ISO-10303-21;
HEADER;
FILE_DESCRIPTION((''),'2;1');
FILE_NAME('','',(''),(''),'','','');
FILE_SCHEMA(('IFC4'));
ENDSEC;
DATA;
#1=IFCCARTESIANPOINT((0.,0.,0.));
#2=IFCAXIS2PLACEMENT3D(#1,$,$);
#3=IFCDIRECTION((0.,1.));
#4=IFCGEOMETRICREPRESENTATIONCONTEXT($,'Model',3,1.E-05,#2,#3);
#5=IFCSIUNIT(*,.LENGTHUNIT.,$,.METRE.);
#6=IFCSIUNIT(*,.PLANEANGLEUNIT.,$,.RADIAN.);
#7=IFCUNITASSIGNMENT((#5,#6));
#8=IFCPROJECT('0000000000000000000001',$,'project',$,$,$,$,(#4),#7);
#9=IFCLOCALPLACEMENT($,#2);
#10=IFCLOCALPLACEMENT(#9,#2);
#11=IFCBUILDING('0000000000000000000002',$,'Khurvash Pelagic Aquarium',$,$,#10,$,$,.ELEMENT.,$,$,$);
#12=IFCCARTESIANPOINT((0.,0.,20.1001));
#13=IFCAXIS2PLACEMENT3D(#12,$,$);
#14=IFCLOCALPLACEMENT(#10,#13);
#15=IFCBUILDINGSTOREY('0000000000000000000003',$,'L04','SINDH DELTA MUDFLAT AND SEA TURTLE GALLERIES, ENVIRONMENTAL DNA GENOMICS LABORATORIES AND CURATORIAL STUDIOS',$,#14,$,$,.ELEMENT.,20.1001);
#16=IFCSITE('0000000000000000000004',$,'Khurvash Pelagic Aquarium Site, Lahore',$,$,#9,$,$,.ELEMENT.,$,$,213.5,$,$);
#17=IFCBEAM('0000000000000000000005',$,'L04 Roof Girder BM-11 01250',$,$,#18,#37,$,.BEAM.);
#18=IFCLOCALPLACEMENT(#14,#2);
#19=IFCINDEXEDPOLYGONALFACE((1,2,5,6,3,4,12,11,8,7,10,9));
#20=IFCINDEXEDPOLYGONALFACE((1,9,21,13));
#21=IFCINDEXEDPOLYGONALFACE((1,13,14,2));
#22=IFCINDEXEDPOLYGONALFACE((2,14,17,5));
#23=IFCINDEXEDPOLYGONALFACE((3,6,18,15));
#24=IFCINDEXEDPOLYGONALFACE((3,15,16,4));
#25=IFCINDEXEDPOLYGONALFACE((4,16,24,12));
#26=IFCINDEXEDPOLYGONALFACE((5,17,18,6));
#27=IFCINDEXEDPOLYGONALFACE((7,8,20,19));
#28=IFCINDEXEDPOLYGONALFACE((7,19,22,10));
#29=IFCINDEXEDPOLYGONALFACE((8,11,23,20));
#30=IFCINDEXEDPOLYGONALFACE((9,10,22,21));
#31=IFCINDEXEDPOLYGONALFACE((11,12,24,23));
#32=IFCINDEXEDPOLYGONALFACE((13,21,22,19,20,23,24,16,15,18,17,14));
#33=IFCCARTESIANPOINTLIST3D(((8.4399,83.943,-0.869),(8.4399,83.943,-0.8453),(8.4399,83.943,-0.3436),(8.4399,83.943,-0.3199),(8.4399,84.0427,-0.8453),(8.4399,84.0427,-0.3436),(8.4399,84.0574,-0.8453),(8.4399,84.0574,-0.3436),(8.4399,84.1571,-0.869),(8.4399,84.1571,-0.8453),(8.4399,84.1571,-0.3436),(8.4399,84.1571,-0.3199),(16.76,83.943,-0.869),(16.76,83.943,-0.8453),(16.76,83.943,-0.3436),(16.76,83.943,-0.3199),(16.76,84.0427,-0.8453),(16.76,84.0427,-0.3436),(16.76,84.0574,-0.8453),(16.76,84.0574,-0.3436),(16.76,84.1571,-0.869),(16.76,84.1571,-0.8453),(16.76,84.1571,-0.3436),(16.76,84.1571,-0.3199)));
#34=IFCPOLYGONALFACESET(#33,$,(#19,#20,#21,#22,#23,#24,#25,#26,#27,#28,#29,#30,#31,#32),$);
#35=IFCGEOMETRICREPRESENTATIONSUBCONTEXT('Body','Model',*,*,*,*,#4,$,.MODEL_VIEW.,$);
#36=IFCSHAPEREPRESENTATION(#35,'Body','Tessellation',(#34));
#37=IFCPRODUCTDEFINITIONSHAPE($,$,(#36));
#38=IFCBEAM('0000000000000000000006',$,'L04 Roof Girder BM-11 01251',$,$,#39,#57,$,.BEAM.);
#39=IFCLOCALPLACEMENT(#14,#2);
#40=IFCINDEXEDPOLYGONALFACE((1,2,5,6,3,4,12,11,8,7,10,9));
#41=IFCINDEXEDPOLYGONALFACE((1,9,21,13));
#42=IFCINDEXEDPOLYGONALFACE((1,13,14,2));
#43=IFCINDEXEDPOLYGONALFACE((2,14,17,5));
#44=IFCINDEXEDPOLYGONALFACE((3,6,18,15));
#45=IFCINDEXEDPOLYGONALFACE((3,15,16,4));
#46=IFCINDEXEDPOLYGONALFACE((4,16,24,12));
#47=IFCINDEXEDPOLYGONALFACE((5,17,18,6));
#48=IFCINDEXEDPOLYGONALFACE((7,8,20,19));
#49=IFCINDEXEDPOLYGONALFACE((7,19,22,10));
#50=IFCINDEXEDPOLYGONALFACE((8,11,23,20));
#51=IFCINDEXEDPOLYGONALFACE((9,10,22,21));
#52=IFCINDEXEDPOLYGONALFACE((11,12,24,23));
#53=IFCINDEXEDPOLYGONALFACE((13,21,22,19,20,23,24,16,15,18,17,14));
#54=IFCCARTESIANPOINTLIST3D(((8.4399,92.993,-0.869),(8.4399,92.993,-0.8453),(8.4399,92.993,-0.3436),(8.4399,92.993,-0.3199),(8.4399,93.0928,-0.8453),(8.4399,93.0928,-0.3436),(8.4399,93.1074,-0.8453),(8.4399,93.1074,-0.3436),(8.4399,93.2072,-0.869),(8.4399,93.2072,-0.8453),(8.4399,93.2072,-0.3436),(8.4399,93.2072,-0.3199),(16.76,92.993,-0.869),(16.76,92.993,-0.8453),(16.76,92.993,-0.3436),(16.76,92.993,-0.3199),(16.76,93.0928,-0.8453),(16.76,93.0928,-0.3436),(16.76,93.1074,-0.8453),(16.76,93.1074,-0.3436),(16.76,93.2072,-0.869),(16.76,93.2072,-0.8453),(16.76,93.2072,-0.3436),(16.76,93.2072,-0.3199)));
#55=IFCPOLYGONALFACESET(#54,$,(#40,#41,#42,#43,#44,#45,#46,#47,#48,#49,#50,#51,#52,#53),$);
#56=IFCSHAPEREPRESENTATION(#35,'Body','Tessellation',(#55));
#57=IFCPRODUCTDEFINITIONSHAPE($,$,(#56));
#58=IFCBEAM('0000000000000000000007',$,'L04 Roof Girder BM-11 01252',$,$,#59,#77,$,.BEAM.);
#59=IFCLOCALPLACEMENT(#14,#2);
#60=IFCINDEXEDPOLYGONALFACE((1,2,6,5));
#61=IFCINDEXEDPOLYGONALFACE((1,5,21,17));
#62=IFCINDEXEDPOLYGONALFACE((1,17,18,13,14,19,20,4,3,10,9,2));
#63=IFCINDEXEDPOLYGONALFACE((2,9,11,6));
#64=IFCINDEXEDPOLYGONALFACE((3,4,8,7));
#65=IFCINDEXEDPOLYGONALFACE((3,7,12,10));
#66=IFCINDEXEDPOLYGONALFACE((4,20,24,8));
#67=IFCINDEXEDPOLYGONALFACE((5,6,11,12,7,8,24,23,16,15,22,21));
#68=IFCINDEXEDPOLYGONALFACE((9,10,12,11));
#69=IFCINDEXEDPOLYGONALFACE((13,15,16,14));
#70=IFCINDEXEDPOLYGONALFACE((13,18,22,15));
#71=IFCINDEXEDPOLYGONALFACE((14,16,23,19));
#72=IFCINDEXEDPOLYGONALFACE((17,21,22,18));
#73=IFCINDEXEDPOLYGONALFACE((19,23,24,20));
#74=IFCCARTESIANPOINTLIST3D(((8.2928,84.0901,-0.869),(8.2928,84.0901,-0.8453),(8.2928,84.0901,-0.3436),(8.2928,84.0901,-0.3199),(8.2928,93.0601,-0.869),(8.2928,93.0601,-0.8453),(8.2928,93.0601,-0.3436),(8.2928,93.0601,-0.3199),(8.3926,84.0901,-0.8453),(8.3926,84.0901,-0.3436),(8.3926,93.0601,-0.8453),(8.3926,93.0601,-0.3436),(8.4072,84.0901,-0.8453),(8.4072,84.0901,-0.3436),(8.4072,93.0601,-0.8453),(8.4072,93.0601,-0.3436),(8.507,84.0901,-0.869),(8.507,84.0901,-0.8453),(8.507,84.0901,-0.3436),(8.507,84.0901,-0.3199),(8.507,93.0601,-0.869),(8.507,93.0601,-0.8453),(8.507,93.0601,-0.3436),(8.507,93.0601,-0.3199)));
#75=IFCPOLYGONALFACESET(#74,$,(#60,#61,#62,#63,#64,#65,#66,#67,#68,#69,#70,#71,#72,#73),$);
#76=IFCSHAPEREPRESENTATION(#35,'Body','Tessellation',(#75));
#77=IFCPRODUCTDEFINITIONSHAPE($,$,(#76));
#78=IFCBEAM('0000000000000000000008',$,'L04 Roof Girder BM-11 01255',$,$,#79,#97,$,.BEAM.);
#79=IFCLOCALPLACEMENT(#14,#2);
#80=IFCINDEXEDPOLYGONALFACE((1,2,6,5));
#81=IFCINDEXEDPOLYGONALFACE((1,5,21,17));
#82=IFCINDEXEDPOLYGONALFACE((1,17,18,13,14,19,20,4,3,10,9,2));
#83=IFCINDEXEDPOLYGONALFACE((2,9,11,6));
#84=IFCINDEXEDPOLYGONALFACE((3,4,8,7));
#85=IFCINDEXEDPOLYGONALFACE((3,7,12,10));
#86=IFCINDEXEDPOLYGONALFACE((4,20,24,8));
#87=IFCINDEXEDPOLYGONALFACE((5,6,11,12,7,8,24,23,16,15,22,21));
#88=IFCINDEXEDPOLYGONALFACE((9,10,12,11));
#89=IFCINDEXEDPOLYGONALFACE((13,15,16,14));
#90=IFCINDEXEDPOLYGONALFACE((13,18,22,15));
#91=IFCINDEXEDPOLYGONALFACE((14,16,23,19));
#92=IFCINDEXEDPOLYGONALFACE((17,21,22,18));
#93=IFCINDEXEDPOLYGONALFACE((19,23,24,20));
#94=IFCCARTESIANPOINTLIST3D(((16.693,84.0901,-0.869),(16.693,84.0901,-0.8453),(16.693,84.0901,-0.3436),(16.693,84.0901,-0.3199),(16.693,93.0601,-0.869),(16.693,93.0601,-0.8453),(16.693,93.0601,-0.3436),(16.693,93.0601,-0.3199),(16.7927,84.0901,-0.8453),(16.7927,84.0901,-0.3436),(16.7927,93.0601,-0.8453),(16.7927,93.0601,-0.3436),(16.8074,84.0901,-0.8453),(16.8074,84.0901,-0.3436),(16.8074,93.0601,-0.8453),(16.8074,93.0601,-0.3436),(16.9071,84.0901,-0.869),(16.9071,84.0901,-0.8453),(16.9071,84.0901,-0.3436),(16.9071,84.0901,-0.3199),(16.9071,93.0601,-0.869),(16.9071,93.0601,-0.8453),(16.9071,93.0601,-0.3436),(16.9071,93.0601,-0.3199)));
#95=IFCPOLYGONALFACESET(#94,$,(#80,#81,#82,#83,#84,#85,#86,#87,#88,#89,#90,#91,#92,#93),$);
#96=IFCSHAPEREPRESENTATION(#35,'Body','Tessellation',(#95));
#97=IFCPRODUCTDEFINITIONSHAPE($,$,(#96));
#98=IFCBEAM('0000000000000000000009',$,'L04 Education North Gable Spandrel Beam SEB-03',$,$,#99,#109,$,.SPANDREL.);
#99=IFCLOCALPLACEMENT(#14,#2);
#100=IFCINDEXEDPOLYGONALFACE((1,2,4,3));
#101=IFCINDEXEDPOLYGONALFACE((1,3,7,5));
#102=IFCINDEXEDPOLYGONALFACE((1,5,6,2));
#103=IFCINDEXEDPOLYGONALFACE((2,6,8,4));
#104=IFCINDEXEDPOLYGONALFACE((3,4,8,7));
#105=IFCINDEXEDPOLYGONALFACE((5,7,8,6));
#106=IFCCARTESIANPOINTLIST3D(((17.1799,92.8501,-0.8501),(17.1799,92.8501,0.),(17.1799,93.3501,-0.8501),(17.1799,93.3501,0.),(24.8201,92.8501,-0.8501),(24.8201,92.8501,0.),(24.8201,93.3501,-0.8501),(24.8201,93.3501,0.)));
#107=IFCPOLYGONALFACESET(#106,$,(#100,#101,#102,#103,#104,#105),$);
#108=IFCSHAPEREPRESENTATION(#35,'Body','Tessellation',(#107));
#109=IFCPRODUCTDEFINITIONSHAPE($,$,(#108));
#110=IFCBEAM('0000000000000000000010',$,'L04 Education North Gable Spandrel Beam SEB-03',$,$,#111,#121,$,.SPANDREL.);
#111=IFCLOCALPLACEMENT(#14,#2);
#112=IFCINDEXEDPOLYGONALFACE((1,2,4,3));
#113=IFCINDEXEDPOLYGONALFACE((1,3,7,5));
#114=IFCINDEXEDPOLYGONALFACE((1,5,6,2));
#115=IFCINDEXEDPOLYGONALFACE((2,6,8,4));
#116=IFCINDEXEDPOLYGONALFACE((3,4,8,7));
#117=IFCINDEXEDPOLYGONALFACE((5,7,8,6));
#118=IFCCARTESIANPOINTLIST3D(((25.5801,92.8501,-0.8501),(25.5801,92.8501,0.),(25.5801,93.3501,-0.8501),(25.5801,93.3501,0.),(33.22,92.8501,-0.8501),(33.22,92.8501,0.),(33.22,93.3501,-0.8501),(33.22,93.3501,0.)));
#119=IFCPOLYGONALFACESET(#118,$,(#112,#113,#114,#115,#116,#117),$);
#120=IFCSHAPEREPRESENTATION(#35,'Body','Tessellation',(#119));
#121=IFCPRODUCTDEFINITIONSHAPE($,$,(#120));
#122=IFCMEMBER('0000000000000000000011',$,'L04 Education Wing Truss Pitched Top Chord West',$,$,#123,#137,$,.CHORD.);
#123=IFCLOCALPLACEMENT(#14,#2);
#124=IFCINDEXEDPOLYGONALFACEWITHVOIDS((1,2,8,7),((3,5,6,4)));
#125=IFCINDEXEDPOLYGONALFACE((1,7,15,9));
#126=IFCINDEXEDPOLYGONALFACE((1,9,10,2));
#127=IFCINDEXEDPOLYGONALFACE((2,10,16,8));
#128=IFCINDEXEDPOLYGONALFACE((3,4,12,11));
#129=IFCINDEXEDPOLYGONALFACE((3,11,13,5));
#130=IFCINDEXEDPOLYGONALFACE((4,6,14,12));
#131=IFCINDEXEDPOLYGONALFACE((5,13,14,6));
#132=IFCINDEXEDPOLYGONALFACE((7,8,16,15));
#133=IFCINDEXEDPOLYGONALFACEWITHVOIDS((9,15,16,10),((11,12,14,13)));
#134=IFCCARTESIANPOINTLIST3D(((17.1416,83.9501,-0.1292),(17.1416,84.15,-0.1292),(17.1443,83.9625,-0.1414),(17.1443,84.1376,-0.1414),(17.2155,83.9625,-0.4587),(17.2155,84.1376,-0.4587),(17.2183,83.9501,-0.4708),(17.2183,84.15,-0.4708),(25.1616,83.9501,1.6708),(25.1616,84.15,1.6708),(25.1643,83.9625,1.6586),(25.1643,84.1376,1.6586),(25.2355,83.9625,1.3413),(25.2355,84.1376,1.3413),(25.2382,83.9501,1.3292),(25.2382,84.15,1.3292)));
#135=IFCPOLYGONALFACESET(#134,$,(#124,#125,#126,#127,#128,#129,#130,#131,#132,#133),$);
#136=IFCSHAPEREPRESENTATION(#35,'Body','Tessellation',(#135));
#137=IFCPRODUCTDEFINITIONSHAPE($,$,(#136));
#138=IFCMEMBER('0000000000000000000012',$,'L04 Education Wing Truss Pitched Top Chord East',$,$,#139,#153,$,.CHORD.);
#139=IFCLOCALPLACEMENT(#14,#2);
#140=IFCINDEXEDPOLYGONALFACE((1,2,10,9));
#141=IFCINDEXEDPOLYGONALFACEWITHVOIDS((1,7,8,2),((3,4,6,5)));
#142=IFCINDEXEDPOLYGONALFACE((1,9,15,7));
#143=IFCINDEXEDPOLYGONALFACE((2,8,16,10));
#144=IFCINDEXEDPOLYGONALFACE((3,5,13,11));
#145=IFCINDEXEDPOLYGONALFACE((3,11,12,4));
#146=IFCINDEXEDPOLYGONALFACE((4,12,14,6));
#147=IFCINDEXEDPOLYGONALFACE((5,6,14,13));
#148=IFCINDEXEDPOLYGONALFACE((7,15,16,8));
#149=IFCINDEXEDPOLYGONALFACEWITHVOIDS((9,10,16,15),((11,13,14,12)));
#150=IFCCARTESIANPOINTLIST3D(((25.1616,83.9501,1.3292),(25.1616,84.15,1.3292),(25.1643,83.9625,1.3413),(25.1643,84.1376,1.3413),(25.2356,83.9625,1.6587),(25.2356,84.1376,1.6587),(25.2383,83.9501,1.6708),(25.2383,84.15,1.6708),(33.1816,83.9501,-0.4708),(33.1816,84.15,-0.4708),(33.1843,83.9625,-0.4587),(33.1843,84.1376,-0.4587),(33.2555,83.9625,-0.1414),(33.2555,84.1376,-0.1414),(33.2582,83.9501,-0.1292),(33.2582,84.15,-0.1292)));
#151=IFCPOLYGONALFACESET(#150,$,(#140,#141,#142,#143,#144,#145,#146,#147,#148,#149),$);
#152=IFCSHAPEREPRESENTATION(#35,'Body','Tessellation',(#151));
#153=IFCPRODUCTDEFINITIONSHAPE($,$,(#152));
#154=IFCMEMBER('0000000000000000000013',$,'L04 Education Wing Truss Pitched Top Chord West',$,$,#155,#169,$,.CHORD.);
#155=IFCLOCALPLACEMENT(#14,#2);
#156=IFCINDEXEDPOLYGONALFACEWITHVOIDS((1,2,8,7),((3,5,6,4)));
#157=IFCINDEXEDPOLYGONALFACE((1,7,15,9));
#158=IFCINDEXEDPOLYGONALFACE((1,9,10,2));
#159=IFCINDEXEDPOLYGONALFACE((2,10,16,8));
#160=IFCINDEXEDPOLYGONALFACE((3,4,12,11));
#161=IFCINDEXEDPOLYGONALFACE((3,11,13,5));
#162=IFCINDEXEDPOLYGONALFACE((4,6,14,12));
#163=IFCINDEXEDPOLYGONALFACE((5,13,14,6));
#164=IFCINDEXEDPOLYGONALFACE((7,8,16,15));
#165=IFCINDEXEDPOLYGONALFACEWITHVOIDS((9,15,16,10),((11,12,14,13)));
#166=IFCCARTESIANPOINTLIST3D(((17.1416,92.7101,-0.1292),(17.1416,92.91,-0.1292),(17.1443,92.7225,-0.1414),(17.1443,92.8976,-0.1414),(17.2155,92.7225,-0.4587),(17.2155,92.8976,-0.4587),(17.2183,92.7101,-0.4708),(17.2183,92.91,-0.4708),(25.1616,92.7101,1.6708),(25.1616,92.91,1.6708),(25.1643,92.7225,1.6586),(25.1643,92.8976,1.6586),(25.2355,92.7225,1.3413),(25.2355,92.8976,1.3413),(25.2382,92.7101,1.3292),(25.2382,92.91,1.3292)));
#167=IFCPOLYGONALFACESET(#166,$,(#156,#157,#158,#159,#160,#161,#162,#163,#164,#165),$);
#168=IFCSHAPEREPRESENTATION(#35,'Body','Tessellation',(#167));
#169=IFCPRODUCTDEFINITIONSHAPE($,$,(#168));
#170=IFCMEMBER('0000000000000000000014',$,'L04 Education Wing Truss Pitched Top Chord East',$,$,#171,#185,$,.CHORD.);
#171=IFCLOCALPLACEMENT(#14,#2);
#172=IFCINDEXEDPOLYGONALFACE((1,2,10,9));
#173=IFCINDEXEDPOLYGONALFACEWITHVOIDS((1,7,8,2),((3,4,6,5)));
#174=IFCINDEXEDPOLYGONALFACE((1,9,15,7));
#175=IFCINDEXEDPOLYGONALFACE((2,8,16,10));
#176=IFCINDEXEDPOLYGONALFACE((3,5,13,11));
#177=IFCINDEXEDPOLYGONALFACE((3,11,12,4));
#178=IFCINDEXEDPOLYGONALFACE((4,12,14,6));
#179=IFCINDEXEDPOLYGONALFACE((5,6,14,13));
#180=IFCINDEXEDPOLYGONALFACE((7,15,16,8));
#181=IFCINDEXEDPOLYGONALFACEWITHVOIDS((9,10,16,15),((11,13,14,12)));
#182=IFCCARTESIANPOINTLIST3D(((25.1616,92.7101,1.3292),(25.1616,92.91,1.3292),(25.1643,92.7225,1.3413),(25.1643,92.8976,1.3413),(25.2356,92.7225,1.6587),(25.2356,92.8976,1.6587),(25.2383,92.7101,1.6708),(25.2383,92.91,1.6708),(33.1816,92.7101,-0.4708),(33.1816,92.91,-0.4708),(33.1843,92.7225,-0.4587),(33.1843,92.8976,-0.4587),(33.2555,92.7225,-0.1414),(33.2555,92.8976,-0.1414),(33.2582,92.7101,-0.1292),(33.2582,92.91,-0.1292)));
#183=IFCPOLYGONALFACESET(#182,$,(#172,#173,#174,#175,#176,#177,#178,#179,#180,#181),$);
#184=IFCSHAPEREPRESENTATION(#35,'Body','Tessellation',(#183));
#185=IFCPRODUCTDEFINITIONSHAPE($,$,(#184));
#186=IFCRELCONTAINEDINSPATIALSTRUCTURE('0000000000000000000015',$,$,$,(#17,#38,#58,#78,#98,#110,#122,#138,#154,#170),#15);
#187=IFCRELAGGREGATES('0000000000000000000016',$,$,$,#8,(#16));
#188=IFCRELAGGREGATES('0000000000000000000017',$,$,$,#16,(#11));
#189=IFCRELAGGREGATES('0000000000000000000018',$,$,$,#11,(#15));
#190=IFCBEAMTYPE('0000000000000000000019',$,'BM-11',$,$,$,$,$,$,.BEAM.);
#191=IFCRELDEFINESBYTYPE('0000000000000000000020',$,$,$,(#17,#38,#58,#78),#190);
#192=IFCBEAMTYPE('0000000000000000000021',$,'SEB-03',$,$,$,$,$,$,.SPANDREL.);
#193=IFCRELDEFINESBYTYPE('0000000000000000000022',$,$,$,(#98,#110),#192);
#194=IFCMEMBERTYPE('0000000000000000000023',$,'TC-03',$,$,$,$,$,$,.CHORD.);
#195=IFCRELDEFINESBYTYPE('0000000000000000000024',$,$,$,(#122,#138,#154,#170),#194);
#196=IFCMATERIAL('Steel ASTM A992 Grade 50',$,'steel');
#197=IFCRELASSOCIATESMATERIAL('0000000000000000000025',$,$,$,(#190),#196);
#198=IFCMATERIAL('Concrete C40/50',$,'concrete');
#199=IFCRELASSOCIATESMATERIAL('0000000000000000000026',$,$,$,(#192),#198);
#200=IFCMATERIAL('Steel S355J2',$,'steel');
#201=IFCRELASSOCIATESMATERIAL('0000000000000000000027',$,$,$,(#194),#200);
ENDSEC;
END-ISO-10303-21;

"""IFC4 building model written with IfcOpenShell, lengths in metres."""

from ifc_helpers import new_model, si_unit, direction, frame, origin, origin_2d, place, context, subcontext, project, spatial, rectangle, hollow_rectangle, i_section, extrude, material, material_profile, profile_set, type_object, element, save


model = new_model("IFC4")

# Units and contexts
model_context = context("Model", 3, precision=1e-05, world=origin(), true_north=direction((0.0, 1.0)))
body_context = subcontext(model_context, "Body", "Model", "MODEL_VIEW")
ifc_project = project(units=[si_unit("LENGTHUNIT", "METRE"), si_unit("PLANEANGLEUNIT", "RADIAN")], contexts=[model_context])

# Site, building, storey
site_placement = place(None, origin())
site = spatial("IfcSite", under=ifc_project, at=site_placement, Name="Khurvash Pelagic Aquarium Site, Lahore", CompositionType="ELEMENT", RefElevation=213.5)
building_placement = place(site_placement, origin())
building = spatial("IfcBuilding", under=site, at=building_placement, Name="Khurvash Pelagic Aquarium", CompositionType="ELEMENT")
storey_placement = place(building_placement, frame((0.0, 0.0, 20.1001)))
storey = spatial("IfcBuildingStorey", under=building, at=storey_placement, Name="L04", Description="SINDH DELTA MUDFLAT AND SEA TURTLE GALLERIES, ENVIRONMENTAL DNA GENOMICS LABORATORIES AND CURATORIAL STUDIOS", CompositionType="ELEMENT", Elevation=20.1001)

# Beams
ifc_material_1 = material(Name="Steel ASTM A992 Grade 50", Category="steel")
ifc_material_profile_1 = material_profile(ifc_material_1, i_section(OverallWidth=0.2141, OverallDepth=0.5491, WebThickness=0.0146, FlangeThickness=0.0237, at=origin_2d()), Name="W21X93")
ifc_profile_set_1 = profile_set([ifc_material_profile_1], Name="Steel ASTM A992 Grade 50")
beam_type_1 = type_object("IfcBeamType", Name="BM-11", PredefinedType="BEAM", material=ifc_profile_set_1)
for number, where, z_axis, x_axis, name in (
    (1, (8.4399, 84.05, -0.5945), (1.0, 0.0, 0.0), (0.0, 1.0, 0.0), "L04 Roof Girder BM-11 01250"),
    (2, (8.4399, 93.1001, -0.5945), (1.0, 0.0, 0.0), (0.0, 1.0, 0.0), "L04 Roof Girder BM-11 01251"),
):
    element("IfcBeam", number, at=place(storey_placement, frame(where, z_axis=z_axis, x_axis=x_axis)), inside=storey, type_object=beam_type_1, Name=name, PredefinedType="BEAM", context=body_context, shape_type="SweptSolid", body=[
        extrude(i_section(OverallWidth=0.2141, OverallDepth=0.5491, WebThickness=0.0146, FlangeThickness=0.0237, at=origin_2d()), origin(), (0.0, 0.0, 1.0), 8.3201),
    ])
for number, where, z_axis, x_axis, name in (
    (3, (8.3999, 84.0901, -0.5945), (0.0, 1.0, 0.0), (-1.0, 0.0, 0.0), "L04 Roof Girder BM-11 01252"),
    (4, (16.8, 84.0901, -0.5945), (0.0, 1.0, 0.0), (-1.0, 0.0, 0.0), "L04 Roof Girder BM-11 01255"),
):
    element("IfcBeam", number, at=place(storey_placement, frame(where, z_axis=z_axis, x_axis=x_axis)), inside=storey, type_object=beam_type_1, Name=name, PredefinedType="BEAM", context=body_context, shape_type="SweptSolid", body=[
        extrude(i_section(OverallWidth=0.2141, OverallDepth=0.5491, WebThickness=0.0146, FlangeThickness=0.0237, at=origin_2d()), origin(), (0.0, 0.0, 1.0), 8.97),
    ])
ifc_material_2 = material(Name="Concrete C40/50", Category="concrete")
ifc_material_profile_2 = material_profile(ifc_material_2, rectangle(XDim=0.5, YDim=0.8501, at=origin_2d()), Name="RC500X850")
ifc_profile_set_2 = profile_set([ifc_material_profile_2], Name="Concrete C40/50")
beam_type_2 = type_object("IfcBeamType", Name="SEB-03", PredefinedType="SPANDREL", material=ifc_profile_set_2)
beam_1_placement = place(storey_placement, frame((17.1799, 93.1001, -0.425), z_axis=(1.0, 0.0, 0.0), x_axis=(0.0, 1.0, 0.0)))
element("IfcBeam", 5, at=beam_1_placement, inside=storey, type_object=beam_type_2, Name="L04 Education North Gable Spandrel Beam SEB-03", PredefinedType="SPANDREL", context=body_context, shape_type="SweptSolid", body=[
    extrude(rectangle(XDim=0.5, YDim=0.8501, at=origin_2d()), origin(), (0.0, 0.0, 1.0), 7.6401),
])
beam_2_placement = place(storey_placement, frame((25.5801, 93.1001, -0.425), z_axis=(1.0, 0.0, 0.0), x_axis=(0.0, 1.0, 0.0)))
element("IfcBeam", 6, at=beam_2_placement, inside=storey, type_object=beam_type_2, Name="L04 Education North Gable Spandrel Beam SEB-03", PredefinedType="SPANDREL", context=body_context, shape_type="SweptSolid", body=[
    extrude(rectangle(XDim=0.5, YDim=0.8501, at=origin_2d()), origin(), (0.0, 0.0, 1.0), 7.6399),
])

# Members
ifc_material_3 = material(Name="Steel S355J2", Category="steel")
ifc_material_profile_3 = material_profile(ifc_material_3, hollow_rectangle(XDim=0.2, YDim=0.3501, WallThickness=0.0125, at=origin_2d()), Name="RHS350X200X12")
ifc_profile_set_3 = profile_set([ifc_material_profile_3], Name="Steel S355J2")
member_type_1 = type_object("IfcMemberType", Name="TC-03", PredefinedType="CHORD", material=ifc_profile_set_3)
for number, where, z_axis, x_axis, name in (
    (7, (17.1799, 84.05, -0.3), (0.975726, 0.0, 0.218996), (0.0, 1.0, 0.0), "L04 Education Wing Truss Pitched Top Chord West"),
    (8, (25.2, 84.05, 1.5), (0.975726, 0.0, -0.218996), (0.0, 1.0, 0.0), "L04 Education Wing Truss Pitched Top Chord East"),
    (9, (17.1799, 92.8101, -0.3), (0.975726, 0.0, 0.218996), (0.0, 1.0, 0.0), "L04 Education Wing Truss Pitched Top Chord West"),
    (10, (25.2, 92.8101, 1.5), (0.975726, 0.0, -0.218996), (0.0, 1.0, 0.0), "L04 Education Wing Truss Pitched Top Chord East"),
):
    element("IfcMember", number, at=place(storey_placement, frame(where, z_axis=z_axis, x_axis=x_axis)), inside=storey, type_object=member_type_1, Name=name, PredefinedType="CHORD", context=body_context, shape_type="SweptSolid", body=[
        extrude(hollow_rectangle(XDim=0.2, YDim=0.3501, WallThickness=0.0125, at=origin_2d()), origin(), (0.0, 0.0, 1.0), 8.2195),
    ])

save(model, "model.ifc")
